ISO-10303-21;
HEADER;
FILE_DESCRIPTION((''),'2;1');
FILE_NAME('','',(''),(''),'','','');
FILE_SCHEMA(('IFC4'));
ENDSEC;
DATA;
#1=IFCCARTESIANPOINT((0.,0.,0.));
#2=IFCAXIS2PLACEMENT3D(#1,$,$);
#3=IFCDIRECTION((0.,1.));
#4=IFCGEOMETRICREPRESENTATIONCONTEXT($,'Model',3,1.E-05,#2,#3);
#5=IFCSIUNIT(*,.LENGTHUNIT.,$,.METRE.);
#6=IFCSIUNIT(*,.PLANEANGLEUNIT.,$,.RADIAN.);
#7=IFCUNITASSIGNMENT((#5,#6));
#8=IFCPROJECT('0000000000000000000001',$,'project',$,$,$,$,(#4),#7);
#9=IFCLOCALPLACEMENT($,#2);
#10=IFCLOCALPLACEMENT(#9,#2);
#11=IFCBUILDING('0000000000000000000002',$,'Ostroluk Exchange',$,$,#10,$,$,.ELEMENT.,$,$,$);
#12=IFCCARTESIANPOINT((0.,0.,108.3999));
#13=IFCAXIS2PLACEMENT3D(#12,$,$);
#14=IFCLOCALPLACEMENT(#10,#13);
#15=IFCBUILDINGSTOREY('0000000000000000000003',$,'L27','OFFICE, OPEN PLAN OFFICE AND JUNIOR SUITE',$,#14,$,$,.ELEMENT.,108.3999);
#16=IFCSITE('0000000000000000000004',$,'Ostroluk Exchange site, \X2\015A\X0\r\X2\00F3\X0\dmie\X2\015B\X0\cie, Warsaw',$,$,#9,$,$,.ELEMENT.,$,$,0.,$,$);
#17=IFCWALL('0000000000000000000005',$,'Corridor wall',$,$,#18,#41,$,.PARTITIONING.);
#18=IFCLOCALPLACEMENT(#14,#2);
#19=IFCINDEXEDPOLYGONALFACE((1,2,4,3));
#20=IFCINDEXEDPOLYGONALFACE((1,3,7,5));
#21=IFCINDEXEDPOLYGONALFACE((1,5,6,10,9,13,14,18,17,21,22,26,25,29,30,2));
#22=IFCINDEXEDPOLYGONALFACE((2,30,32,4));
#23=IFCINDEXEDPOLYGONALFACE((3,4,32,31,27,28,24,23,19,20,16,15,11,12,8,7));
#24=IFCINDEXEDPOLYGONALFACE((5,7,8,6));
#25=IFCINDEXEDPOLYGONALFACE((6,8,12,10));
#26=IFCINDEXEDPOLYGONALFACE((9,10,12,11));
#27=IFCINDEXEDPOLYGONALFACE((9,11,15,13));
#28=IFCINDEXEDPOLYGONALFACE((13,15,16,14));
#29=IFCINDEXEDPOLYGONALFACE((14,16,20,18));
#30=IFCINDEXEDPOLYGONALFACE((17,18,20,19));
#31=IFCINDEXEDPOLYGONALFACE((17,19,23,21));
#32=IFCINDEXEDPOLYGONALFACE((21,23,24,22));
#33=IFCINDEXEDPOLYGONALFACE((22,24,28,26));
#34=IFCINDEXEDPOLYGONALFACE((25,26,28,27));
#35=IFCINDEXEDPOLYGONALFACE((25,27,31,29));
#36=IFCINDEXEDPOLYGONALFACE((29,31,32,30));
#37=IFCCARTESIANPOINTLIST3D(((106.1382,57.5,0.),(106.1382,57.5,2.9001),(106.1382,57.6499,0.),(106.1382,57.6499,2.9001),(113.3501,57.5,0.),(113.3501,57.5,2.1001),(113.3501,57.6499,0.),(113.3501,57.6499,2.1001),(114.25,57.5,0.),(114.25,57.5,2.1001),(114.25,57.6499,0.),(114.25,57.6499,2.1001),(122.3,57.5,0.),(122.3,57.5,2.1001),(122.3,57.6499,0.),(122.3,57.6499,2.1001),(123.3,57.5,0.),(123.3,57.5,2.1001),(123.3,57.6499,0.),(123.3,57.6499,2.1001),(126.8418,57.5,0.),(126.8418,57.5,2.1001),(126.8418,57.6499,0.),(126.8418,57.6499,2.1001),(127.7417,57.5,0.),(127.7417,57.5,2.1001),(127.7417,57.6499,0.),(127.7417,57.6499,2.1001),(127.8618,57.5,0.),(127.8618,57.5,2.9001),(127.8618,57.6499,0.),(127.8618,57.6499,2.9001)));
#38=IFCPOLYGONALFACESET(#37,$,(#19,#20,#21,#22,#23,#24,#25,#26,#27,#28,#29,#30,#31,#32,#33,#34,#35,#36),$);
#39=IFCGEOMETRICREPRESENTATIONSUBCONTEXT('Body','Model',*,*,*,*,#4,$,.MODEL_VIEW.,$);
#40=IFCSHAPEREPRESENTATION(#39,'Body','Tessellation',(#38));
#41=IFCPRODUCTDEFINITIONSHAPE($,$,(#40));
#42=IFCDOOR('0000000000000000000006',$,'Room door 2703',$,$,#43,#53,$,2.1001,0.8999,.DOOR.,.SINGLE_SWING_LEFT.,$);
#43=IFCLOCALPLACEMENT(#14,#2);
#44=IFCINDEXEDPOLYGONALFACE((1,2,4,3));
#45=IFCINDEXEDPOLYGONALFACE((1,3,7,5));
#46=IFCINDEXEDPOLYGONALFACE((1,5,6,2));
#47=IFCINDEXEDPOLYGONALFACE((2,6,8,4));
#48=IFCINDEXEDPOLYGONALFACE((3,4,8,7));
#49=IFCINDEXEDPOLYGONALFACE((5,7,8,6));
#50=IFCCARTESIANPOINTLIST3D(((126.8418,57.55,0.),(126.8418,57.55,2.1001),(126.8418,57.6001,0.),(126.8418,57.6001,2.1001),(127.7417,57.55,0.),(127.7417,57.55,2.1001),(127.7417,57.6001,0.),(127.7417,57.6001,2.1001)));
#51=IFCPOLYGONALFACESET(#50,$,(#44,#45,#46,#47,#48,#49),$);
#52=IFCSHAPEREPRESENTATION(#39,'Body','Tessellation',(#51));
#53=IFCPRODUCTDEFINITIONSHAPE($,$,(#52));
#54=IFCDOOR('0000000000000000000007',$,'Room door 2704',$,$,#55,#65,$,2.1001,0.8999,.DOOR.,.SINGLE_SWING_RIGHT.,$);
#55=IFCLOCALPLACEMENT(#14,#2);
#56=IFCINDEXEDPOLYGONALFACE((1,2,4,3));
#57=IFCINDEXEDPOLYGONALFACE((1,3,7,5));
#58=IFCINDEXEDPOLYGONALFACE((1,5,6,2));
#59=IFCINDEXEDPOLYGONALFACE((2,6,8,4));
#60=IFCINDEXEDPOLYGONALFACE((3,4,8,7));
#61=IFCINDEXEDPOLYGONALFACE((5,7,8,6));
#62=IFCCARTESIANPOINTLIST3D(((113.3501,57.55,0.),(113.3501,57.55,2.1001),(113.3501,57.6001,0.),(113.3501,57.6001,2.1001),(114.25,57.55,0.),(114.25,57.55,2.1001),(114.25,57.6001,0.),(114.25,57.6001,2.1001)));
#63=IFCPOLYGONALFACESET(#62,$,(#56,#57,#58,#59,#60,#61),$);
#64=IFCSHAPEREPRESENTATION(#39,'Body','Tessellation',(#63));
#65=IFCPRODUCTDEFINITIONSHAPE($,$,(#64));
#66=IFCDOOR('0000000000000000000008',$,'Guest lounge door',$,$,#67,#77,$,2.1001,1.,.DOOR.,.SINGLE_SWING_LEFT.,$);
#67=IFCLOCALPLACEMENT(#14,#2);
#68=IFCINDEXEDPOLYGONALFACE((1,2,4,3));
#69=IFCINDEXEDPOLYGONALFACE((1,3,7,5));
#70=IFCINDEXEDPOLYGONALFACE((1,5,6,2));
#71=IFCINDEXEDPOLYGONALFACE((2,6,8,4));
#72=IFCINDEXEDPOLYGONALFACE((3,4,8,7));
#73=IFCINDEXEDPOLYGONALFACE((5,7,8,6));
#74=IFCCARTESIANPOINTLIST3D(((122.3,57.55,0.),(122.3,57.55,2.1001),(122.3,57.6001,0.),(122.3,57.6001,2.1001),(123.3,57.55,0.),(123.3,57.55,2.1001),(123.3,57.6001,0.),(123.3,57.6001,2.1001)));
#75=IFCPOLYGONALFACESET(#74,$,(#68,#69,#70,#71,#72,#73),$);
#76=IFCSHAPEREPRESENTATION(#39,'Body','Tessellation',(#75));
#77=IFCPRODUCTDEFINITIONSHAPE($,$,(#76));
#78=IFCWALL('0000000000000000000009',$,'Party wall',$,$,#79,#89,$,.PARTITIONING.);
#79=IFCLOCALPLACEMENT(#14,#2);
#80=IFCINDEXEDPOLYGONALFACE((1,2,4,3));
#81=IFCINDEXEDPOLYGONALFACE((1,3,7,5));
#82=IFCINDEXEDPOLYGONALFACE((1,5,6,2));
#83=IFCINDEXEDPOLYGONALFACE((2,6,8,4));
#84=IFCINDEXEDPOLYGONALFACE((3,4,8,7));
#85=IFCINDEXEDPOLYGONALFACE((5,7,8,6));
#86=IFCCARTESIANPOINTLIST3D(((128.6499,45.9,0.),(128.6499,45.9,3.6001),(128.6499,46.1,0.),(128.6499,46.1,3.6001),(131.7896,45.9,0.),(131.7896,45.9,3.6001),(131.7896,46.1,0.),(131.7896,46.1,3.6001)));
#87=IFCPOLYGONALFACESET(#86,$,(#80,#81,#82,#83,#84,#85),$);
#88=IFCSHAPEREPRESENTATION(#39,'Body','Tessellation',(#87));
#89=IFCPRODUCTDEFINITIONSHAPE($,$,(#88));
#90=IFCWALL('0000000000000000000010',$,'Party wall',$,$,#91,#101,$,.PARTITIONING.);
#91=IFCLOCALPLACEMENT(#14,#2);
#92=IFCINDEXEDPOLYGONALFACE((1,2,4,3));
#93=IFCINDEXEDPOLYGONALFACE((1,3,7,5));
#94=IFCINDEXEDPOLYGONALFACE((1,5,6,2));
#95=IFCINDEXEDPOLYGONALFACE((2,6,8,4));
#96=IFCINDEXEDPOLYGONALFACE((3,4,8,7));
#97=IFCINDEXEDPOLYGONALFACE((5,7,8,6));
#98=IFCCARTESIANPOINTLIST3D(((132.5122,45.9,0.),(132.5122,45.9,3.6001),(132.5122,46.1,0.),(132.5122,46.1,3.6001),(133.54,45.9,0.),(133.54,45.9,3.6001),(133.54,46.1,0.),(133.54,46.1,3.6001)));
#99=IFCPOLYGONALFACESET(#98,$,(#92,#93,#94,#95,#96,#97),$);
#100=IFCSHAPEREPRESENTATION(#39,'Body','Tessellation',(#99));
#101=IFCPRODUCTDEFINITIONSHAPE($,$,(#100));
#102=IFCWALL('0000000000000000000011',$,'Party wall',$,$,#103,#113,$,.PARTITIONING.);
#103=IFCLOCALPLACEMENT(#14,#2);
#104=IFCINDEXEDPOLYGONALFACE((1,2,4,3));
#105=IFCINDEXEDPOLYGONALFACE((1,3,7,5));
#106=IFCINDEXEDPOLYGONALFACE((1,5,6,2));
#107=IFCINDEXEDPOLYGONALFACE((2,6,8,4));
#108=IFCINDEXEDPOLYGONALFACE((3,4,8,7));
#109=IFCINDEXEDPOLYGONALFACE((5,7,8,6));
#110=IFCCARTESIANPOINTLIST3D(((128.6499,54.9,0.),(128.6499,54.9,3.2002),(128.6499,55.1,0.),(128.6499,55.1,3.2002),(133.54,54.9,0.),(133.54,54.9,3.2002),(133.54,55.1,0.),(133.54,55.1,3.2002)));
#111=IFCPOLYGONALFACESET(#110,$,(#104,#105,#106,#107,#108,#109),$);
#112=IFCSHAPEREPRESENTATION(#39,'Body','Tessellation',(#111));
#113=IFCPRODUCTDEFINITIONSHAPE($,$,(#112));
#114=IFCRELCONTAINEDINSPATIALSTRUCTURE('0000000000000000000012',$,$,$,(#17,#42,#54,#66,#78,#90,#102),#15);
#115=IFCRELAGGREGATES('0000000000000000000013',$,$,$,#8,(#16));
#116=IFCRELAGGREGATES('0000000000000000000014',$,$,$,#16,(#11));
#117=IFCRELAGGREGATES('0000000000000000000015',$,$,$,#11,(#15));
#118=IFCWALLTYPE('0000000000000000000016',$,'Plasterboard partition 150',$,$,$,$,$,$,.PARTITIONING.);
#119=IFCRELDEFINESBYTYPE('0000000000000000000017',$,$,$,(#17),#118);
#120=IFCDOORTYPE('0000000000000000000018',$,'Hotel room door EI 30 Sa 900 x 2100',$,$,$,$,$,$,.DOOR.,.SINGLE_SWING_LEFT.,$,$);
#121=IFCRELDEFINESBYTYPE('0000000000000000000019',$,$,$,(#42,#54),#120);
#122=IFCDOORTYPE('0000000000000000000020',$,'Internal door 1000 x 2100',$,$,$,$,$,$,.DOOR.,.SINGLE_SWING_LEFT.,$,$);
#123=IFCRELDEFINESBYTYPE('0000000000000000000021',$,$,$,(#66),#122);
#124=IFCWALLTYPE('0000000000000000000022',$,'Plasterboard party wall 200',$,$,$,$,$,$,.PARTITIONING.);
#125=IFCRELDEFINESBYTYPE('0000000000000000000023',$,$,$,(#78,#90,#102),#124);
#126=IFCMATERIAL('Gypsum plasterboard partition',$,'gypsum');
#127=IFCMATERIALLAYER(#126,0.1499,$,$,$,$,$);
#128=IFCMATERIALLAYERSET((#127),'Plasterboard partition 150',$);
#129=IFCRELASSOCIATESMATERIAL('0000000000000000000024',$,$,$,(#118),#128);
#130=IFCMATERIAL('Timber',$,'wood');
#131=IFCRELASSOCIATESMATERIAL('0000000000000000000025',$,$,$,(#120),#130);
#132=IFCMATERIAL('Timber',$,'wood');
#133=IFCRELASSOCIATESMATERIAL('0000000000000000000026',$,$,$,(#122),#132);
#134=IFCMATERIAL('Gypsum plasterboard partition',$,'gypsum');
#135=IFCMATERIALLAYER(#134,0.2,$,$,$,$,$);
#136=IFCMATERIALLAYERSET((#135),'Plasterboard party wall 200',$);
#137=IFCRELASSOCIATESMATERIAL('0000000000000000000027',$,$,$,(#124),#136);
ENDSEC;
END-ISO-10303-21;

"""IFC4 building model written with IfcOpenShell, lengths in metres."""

from ifc_helpers import new_model, si_unit, direction, frame, frame_2d, origin, place, context, subcontext, project, spatial, rectangle, extrude, material, layer, layer_set, type_object, element, fill, save


model = new_model("IFC4")

# Units and contexts
model_context = context("Model", 3, precision=1e-05, world=origin(), true_north=direction((0.0, 1.0)))
body_context = subcontext(model_context, "Body", "Model", "MODEL_VIEW")
ifc_project = project(units=[si_unit("LENGTHUNIT", "METRE"), si_unit("PLANEANGLEUNIT", "RADIAN")], contexts=[model_context])

# Site, building, storey
site_placement = place(None, origin())
site = spatial("IfcSite", under=ifc_project, at=site_placement, Name="Ostroluk Exchange site, Śródmieście, Warsaw", CompositionType="ELEMENT", RefElevation=0.0)
building_placement = place(site_placement, origin())
building = spatial("IfcBuilding", under=site, at=building_placement, Name="Ostroluk Exchange", CompositionType="ELEMENT")
storey_placement = place(building_placement, frame((0.0, 0.0, 108.3999)))
storey = spatial("IfcBuildingStorey", under=building, at=storey_placement, Name="L27", Description="OFFICE, OPEN PLAN OFFICE AND JUNIOR SUITE", CompositionType="ELEMENT", Elevation=108.3999)

# Wall, openings, doors
ifc_material_1 = material(Name="Gypsum plasterboard partition", Category="gypsum")
ifc_layer_1 = layer(ifc_material_1, 0.1499)
ifc_layer_set_1 = layer_set([ifc_layer_1], Name="Plasterboard partition 150")
wall_type_1 = type_object("IfcWallType", Name="Plasterboard partition 150", PredefinedType="PARTITIONING", material=ifc_layer_set_1)
wall_1_placement = place(storey_placement, frame((127.8618, 57.575, 0.0), z_axis=(0.0, 0.0, 1.0), x_axis=(-1.0, 0.0, 0.0)))
wall_1 = element("IfcWall", 1, at=wall_1_placement, inside=storey, type_object=wall_type_1, Name="Corridor wall", PredefinedType="PARTITIONING", context=body_context, shape_type="SweptSolid", body=[
    extrude(rectangle(XDim=21.7236, YDim=0.1499, at=frame_2d((10.8618, 0.0))), origin(), (0.0, 0.0, 1.0), 2.9001),
])
opening_1_placement = place(wall_1_placement, frame((0.1201, 0.0, 0.0)))
opening_1 = element("IfcOpeningElement", 2, at=opening_1_placement, cuts=wall_1, PredefinedType="OPENING", context=body_context, shape_type="SweptSolid", body=[
    extrude(rectangle(XDim=0.8999, YDim=2.1001, at=frame_2d((0.45, 1.05))), frame((0.0, 0.085, 0.0), z_axis=(0.0, -1.0, 0.0), x_axis=(1.0, 0.0, 0.0)), (0.0, 0.0, 1.0), 0.1699),
])
opening_2_placement = place(wall_1_placement, frame((4.5618, 0.0, 0.0)))
opening_2 = element("IfcOpeningElement", 3, at=opening_2_placement, cuts=wall_1, PredefinedType="OPENING", context=body_context, shape_type="SweptSolid", body=[
    extrude(rectangle(XDim=1.0, YDim=2.1001, at=frame_2d((0.5, 1.05))), frame((0.0, 0.085, 0.0), z_axis=(0.0, -1.0, 0.0), x_axis=(1.0, 0.0, 0.0)), (0.0, 0.0, 1.0), 0.1699),
])
opening_3_placement = place(wall_1_placement, frame((13.6118, 0.0, 0.0)))
opening_3 = element("IfcOpeningElement", 4, at=opening_3_placement, cuts=wall_1, PredefinedType="OPENING", context=body_context, shape_type="SweptSolid", body=[
    extrude(rectangle(XDim=0.8999, YDim=2.1001, at=frame_2d((0.45, 1.05))), frame((0.0, 0.085, 0.0), z_axis=(0.0, -1.0, 0.0), x_axis=(1.0, 0.0, 0.0)), (0.0, 0.0, 1.0), 0.1699),
])
ifc_material_2 = material(Name="Timber", Category="wood")
door_type_1 = type_object("IfcDoorType", Name="Hotel room door EI 30 Sa 900 x 2100", OperationType="SINGLE_SWING_LEFT", PredefinedType="DOOR", material=ifc_material_2)
door_1_placement = place(opening_1_placement, origin())
door_1 = element("IfcDoor", 5, at=door_1_placement, inside=storey, type_object=door_type_1, Name="Room door 2703", OperationType="SINGLE_SWING_LEFT", OverallHeight=2.1001, OverallWidth=0.8999, PredefinedType="DOOR", context=body_context, shape_type="SweptSolid", body=[
    extrude(rectangle(XDim=0.8999, YDim=2.1001, at=frame_2d((0.45, 1.05))), frame((0.0, 0.0249, 0.0), z_axis=(0.0, -1.0, 0.0), x_axis=(1.0, 0.0, 0.0)), (0.0, 0.0, 1.0), 0.05),
])
fill(opening_1, door_1)
door_2_placement = place(opening_3_placement, origin())
door_2 = element("IfcDoor", 6, at=door_2_placement, inside=storey, type_object=door_type_1, Name="Room door 2704", OperationType="SINGLE_SWING_RIGHT", OverallHeight=2.1001, OverallWidth=0.8999, PredefinedType="DOOR", context=body_context, shape_type="SweptSolid", body=[
    extrude(rectangle(XDim=0.8999, YDim=2.1001, at=frame_2d((0.45, 1.05))), frame((0.0, 0.0249, 0.0), z_axis=(0.0, -1.0, 0.0), x_axis=(1.0, 0.0, 0.0)), (0.0, 0.0, 1.0), 0.05),
])
fill(opening_3, door_2)
ifc_material_3 = material(Name="Timber", Category="wood")
door_type_2 = type_object("IfcDoorType", Name="Internal door 1000 x 2100", OperationType="SINGLE_SWING_LEFT", PredefinedType="DOOR", material=ifc_material_3)
door_3_placement = place(opening_2_placement, origin())
door_3 = element("IfcDoor", 7, at=door_3_placement, inside=storey, type_object=door_type_2, Name="Guest lounge door", OperationType="SINGLE_SWING_LEFT", OverallHeight=2.1001, OverallWidth=1.0, PredefinedType="DOOR", context=body_context, shape_type="SweptSolid", body=[
    extrude(rectangle(XDim=1.0, YDim=2.1001, at=frame_2d((0.5, 1.05))), frame((0.0, 0.0249, 0.0), z_axis=(0.0, -1.0, 0.0), x_axis=(1.0, 0.0, 0.0)), (0.0, 0.0, 1.0), 0.05),
])
fill(opening_2, door_3)

# Walls
ifc_material_4 = material(Name="Gypsum plasterboard partition", Category="gypsum")
ifc_layer_2 = layer(ifc_material_4, 0.2)
ifc_layer_set_2 = layer_set([ifc_layer_2], Name="Plasterboard party wall 200")
wall_type_2 = type_object("IfcWallType", Name="Plasterboard party wall 200", PredefinedType="PARTITIONING", material=ifc_layer_set_2)
wall_2_placement = place(storey_placement, frame((128.6499, 46.0, 0.0), z_axis=(0.0, 0.0, 1.0), x_axis=(1.0, 0.0, 0.0)))
element("IfcWall", 8, at=wall_2_placement, inside=storey, type_object=wall_type_2, Name="Party wall", PredefinedType="PARTITIONING", context=body_context, shape_type="SweptSolid", body=[
    extrude(rectangle(XDim=3.1396, YDim=0.2, at=frame_2d((1.5698, 0.0))), origin(), (0.0, 0.0, 1.0), 3.6001),
])
wall_3_placement = place(storey_placement, frame((132.5122, 46.0, 0.0), z_axis=(0.0, 0.0, 1.0), x_axis=(1.0, 0.0, 0.0)))
element("IfcWall", 9, at=wall_3_placement, inside=storey, type_object=wall_type_2, Name="Party wall", PredefinedType="PARTITIONING", context=body_context, shape_type="SweptSolid", body=[
    extrude(rectangle(XDim=1.0278, YDim=0.2, at=frame_2d((0.5139, 0.0))), origin(), (0.0, 0.0, 1.0), 3.6001),
])
wall_4_placement = place(storey_placement, frame((128.6499, 55.0, 0.0), z_axis=(0.0, 0.0, 1.0), x_axis=(1.0, 0.0, 0.0)))
element("IfcWall", 10, at=wall_4_placement, inside=storey, type_object=wall_type_2, Name="Party wall", PredefinedType="PARTITIONING", context=body_context, shape_type="SweptSolid", body=[
    extrude(rectangle(XDim=4.8901, YDim=0.2, at=frame_2d((2.4451, 0.0))), origin(), (0.0, 0.0, 1.0), 3.2002),
])

save(model, "model.ifc")
